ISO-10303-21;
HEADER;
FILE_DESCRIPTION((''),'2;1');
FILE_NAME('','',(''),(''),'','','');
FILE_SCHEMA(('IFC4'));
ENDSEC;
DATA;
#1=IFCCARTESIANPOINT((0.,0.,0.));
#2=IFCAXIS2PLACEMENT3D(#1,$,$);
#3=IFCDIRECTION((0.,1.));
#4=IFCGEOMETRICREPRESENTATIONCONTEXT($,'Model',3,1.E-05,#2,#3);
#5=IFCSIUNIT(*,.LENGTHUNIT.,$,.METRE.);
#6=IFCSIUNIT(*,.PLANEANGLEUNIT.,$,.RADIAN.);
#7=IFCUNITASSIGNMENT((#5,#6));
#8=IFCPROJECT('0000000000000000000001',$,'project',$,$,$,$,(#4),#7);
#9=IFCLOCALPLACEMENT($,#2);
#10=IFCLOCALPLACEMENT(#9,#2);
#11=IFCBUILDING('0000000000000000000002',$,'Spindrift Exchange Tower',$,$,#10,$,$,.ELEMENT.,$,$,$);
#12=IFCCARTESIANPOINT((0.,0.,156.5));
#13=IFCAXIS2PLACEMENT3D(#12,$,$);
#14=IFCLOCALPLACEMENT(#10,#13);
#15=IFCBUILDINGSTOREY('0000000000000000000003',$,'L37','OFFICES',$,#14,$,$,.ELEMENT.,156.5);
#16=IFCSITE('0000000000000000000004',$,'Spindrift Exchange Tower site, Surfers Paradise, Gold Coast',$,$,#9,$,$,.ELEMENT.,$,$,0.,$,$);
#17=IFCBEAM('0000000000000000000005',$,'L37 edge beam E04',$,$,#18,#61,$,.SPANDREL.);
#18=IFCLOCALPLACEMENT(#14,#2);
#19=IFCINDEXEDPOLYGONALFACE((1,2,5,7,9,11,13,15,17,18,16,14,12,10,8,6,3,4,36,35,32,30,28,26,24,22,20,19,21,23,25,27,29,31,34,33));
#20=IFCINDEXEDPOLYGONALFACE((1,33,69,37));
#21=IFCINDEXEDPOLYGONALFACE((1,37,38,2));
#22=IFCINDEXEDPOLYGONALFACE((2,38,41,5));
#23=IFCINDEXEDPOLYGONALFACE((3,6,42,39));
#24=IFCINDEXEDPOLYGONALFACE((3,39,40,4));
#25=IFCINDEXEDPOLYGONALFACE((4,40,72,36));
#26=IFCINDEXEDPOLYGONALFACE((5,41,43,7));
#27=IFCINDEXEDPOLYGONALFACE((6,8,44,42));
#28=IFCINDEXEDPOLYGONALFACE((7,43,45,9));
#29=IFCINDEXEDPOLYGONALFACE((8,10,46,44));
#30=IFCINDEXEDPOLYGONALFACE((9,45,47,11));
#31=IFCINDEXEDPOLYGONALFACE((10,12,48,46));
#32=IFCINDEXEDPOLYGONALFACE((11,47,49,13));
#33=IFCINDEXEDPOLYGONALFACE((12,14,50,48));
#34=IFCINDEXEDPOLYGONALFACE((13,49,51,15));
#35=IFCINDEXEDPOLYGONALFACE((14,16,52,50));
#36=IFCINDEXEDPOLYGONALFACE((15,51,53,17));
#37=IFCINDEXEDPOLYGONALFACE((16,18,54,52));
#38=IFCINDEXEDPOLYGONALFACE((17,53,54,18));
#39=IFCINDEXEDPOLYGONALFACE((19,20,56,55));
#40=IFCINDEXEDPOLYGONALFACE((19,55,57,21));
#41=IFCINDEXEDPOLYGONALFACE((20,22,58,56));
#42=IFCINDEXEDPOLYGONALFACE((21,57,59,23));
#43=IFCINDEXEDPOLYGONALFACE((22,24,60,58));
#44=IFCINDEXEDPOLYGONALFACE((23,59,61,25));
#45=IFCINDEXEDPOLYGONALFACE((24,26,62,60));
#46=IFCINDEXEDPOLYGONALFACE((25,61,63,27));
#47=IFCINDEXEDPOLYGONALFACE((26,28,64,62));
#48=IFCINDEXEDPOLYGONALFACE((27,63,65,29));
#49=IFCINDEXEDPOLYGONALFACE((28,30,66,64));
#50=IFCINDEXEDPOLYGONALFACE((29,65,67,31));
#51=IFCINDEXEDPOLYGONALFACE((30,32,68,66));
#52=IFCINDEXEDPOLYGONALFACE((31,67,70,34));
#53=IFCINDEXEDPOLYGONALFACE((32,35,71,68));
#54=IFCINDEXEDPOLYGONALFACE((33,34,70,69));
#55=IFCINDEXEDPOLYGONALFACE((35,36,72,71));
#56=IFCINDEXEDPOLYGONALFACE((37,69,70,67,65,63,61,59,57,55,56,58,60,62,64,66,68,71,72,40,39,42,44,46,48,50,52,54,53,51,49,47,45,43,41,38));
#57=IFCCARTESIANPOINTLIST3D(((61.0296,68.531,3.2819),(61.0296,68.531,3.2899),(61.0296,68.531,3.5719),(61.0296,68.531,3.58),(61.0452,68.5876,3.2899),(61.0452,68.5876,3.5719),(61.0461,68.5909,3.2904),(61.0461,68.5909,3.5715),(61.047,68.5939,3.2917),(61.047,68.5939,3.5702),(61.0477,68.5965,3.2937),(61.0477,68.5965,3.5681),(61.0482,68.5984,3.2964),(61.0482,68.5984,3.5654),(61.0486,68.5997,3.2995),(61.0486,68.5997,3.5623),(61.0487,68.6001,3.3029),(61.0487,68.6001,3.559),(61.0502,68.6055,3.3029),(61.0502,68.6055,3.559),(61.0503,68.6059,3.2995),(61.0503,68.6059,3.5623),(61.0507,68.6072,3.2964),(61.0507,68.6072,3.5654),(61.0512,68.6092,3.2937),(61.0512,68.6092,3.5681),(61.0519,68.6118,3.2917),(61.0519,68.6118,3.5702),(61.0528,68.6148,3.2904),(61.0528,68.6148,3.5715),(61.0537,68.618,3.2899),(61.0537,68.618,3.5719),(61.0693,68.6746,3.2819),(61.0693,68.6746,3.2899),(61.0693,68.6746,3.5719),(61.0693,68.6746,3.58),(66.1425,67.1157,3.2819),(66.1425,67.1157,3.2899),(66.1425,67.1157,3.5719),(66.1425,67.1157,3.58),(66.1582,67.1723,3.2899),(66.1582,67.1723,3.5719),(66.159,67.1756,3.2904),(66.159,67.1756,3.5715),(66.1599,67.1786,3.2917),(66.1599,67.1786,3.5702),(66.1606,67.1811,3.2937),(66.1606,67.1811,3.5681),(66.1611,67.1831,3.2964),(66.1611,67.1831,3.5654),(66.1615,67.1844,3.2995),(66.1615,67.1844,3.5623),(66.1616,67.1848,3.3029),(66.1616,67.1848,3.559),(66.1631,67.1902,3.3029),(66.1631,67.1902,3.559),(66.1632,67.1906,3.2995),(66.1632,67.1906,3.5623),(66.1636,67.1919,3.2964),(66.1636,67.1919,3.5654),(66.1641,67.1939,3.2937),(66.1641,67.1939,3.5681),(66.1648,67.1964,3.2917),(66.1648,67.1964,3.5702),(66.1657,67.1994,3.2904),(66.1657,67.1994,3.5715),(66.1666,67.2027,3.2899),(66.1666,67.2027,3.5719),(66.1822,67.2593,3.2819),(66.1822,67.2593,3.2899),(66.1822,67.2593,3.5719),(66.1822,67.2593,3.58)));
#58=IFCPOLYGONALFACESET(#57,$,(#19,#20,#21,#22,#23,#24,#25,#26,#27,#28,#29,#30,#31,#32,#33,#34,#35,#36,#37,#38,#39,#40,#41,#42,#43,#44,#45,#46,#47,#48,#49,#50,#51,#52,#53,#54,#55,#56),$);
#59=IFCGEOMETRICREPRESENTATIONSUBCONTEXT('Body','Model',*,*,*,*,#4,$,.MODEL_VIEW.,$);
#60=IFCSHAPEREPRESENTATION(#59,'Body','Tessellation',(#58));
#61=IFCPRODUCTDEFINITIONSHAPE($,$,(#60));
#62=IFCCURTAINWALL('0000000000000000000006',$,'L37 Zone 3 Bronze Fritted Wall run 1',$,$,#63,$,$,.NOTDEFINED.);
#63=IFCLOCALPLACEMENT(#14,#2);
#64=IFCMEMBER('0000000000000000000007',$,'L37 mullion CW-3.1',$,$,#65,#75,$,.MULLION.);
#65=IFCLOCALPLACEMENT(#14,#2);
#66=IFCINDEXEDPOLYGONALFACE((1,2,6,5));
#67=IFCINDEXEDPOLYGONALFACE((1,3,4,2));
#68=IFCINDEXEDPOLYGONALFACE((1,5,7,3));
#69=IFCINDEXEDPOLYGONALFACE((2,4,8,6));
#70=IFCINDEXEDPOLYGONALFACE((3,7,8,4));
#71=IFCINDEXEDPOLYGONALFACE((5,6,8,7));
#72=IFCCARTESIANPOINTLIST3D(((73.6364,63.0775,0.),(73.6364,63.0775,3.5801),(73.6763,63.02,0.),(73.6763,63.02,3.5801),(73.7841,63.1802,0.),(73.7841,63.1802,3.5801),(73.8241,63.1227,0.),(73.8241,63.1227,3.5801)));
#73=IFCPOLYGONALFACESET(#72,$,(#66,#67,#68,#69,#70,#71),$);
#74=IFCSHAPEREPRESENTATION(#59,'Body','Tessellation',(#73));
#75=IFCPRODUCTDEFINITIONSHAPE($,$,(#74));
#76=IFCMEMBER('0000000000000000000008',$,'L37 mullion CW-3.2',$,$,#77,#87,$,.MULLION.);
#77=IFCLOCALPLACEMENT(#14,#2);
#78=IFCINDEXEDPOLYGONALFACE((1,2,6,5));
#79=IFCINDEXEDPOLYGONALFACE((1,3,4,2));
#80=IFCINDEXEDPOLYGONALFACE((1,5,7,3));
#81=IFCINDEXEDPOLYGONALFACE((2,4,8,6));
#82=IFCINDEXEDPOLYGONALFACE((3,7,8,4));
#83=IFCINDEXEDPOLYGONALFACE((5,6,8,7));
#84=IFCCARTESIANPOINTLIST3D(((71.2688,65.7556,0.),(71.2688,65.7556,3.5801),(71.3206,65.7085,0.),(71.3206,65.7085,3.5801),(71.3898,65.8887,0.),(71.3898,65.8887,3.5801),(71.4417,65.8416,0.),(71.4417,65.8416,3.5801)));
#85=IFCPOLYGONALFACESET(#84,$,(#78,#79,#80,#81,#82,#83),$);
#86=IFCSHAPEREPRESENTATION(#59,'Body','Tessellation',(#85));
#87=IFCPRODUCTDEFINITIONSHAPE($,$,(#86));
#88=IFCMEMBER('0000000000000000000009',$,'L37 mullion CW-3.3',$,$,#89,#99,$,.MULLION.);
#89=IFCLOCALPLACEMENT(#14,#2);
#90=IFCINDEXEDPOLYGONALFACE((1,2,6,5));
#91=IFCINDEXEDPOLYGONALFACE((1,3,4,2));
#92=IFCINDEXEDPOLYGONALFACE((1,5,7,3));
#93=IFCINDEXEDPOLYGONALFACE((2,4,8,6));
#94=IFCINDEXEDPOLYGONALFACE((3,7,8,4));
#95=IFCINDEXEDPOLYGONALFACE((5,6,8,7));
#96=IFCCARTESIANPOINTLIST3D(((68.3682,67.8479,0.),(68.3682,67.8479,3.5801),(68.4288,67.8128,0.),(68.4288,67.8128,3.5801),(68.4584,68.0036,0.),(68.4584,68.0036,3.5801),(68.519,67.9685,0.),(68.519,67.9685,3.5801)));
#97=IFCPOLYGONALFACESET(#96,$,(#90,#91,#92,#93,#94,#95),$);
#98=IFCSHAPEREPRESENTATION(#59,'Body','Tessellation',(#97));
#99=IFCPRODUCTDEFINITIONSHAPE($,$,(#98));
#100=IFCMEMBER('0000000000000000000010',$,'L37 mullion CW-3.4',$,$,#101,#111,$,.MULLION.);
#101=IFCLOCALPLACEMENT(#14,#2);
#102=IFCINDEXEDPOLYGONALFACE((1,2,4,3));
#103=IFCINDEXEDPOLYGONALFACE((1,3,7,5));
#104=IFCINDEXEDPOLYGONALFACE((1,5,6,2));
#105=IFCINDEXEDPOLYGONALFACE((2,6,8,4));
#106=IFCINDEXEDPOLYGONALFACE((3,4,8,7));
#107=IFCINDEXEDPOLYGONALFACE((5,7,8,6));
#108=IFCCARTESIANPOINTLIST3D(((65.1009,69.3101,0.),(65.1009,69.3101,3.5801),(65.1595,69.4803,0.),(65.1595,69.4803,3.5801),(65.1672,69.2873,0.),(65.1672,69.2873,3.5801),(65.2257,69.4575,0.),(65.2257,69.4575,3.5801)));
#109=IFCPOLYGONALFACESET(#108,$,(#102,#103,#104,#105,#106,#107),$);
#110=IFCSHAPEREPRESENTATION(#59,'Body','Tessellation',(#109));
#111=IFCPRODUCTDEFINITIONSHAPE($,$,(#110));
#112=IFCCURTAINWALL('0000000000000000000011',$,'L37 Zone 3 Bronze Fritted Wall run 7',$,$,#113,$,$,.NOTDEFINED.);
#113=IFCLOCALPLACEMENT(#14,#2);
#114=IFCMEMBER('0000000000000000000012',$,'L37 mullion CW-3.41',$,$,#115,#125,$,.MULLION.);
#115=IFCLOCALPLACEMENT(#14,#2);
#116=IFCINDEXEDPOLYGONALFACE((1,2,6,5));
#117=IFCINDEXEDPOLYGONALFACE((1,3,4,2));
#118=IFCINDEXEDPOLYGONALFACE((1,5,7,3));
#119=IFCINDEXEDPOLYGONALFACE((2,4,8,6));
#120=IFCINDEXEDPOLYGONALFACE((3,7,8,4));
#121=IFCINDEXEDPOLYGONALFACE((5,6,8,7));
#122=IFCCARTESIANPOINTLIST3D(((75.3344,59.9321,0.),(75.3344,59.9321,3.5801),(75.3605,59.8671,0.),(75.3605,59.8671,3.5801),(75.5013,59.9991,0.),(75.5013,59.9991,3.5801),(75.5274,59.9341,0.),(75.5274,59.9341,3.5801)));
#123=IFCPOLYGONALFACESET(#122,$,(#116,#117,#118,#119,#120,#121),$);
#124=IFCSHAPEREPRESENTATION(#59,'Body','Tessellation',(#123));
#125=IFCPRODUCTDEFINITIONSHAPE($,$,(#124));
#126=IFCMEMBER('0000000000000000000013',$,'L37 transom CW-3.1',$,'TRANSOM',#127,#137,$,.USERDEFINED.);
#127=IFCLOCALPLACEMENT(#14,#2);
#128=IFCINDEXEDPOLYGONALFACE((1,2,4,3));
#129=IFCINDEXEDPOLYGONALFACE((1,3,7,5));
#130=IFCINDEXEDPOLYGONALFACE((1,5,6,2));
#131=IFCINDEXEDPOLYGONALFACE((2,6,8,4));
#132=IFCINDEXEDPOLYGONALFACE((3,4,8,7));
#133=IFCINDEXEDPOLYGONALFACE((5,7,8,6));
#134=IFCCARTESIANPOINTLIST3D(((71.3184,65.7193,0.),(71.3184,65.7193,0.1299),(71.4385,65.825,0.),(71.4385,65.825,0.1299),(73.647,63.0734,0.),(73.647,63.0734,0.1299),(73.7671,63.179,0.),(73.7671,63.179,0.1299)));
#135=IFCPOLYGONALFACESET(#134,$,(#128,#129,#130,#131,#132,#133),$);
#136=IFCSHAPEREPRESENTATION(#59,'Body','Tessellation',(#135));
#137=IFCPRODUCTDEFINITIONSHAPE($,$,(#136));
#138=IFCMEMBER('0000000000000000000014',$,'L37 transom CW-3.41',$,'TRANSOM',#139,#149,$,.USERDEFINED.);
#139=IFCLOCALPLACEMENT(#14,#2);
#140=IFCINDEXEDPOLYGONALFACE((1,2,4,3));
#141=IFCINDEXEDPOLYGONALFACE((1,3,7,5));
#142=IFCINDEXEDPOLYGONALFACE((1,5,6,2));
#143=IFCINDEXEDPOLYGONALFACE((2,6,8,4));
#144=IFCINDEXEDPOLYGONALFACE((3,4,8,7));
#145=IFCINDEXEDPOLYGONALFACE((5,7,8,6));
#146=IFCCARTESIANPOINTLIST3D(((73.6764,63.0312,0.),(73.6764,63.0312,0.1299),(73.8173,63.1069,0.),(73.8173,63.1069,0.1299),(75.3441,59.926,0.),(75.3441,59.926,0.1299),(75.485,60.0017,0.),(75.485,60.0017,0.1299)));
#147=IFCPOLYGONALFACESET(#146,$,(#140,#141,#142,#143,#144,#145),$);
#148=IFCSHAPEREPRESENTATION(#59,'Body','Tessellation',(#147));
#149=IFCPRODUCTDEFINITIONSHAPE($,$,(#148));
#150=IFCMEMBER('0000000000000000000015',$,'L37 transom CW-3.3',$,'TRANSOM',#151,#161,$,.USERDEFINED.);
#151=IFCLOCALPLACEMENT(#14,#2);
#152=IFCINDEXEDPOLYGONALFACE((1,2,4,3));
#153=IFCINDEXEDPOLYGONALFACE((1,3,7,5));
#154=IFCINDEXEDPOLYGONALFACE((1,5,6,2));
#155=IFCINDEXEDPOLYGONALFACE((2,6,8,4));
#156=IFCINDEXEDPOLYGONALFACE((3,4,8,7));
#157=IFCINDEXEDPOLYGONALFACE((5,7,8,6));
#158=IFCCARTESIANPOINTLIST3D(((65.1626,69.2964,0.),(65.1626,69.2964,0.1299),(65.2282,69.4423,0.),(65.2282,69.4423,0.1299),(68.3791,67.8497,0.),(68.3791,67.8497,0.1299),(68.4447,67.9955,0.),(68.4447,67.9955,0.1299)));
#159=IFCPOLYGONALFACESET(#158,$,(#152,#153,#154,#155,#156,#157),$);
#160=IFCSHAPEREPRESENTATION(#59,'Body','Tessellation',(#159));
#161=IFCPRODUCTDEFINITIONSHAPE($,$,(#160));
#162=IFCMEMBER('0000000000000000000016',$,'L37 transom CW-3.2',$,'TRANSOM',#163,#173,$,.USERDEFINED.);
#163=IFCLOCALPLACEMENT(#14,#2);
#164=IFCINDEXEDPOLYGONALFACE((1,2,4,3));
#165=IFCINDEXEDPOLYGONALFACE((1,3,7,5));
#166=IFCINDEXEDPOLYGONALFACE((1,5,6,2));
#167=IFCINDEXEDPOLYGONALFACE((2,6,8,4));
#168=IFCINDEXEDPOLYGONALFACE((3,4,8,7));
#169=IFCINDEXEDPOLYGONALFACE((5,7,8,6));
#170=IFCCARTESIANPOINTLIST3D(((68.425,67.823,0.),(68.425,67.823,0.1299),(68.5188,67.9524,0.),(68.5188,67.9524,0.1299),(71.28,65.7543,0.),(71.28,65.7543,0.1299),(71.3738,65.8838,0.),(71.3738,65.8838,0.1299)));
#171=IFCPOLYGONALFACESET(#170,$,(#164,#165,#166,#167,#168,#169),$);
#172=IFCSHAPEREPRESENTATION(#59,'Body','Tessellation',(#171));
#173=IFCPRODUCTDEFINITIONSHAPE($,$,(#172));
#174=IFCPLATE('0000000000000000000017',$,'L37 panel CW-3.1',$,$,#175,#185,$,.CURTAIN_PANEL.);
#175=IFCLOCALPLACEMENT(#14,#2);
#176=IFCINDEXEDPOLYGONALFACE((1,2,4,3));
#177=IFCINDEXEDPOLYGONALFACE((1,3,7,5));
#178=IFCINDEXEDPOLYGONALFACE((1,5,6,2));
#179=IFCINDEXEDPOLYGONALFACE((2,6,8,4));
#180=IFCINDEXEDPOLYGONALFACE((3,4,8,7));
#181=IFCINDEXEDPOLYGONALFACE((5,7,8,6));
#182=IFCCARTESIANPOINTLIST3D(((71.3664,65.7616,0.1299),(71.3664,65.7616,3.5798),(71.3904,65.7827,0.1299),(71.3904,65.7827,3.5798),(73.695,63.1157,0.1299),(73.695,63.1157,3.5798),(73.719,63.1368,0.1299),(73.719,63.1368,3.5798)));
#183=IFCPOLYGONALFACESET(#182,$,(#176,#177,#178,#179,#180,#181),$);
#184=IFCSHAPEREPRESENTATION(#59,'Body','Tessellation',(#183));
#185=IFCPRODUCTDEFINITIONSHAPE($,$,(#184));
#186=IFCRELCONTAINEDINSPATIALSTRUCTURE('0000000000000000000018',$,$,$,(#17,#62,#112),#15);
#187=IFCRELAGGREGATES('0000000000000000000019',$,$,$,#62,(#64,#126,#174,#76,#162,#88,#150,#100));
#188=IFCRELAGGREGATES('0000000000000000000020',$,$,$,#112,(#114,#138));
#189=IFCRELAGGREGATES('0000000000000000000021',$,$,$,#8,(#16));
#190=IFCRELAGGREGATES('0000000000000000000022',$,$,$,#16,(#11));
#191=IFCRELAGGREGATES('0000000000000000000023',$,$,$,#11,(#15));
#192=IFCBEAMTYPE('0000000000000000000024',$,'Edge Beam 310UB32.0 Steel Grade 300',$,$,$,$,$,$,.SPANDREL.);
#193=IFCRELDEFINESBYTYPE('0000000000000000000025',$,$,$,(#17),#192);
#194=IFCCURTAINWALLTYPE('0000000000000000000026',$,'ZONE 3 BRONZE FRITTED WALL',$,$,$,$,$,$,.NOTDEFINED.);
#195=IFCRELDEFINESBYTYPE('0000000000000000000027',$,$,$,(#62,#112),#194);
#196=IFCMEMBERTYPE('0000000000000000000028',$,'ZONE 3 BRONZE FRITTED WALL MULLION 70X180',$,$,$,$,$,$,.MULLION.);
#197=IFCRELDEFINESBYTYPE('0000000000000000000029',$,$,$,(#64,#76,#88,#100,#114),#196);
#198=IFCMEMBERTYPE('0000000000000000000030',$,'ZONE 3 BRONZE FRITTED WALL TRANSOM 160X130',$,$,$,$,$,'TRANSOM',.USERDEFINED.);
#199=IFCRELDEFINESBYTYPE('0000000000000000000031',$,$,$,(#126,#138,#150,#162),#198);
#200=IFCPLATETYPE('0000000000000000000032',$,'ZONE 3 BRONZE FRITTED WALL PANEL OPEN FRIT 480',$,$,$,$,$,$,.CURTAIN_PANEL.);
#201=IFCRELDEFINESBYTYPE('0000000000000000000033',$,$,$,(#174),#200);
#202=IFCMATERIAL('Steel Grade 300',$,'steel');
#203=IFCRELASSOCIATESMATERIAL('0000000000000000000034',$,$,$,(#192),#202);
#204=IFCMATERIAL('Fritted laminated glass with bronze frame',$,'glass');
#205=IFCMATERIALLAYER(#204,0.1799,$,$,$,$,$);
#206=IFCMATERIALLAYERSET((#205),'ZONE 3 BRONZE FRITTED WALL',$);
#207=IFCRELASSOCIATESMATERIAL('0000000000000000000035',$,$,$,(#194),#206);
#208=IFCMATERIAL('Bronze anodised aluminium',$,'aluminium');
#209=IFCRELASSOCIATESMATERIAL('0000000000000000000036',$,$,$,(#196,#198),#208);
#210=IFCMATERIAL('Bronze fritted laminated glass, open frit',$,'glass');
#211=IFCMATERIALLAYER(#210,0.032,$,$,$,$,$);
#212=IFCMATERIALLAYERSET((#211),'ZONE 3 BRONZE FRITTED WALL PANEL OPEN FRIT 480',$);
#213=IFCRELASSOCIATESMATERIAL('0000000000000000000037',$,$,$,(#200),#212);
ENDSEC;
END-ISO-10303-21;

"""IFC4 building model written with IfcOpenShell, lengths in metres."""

from ifc_helpers import new_model, si_unit, direction, frame, origin, origin_2d, place, context, subcontext, project, spatial, rectangle, i_section, extrude, source, transform, mapped, material, layer, layer_set, material_profile, profile_set, type_object, element, aggregate, save


model = new_model("IFC4")

# Units and contexts
model_context = context("Model", 3, precision=1e-05, world=origin(), true_north=direction((0.0, 1.0)))
body_context = subcontext(model_context, "Body", "Model", "MODEL_VIEW")
ifc_project = project(units=[si_unit("LENGTHUNIT", "METRE"), si_unit("PLANEANGLEUNIT", "RADIAN")], contexts=[model_context])

# Site, building, storey
site_placement = place(None, origin())
site = spatial("IfcSite", under=ifc_project, at=site_placement, Name="Spindrift Exchange Tower site, Surfers Paradise, Gold Coast", CompositionType="ELEMENT", RefElevation=0.0)
building_placement = place(site_placement, origin())
building = spatial("IfcBuilding", under=site, at=building_placement, Name="Spindrift Exchange Tower", CompositionType="ELEMENT")
storey_placement = place(building_placement, frame((0.0, 0.0, 156.5)))
storey = spatial("IfcBuildingStorey", under=building, at=storey_placement, Name="L37", Description="OFFICES", CompositionType="ELEMENT", Elevation=156.5)

# Beam
ifc_material_1 = material(Name="Steel Grade 300", Category="steel")
ifc_material_profile_1 = material_profile(ifc_material_1, i_section(OverallWidth=0.1489, OverallDepth=0.2981, WebThickness=0.0056, FlangeThickness=0.0081, FilletRadius=0.0129, at=origin_2d()), Name="310UB32.0")
ifc_profile_set_1 = profile_set([ifc_material_profile_1], Name="Steel Grade 300")
beam_type_1 = type_object("IfcBeamType", Name="Edge Beam 310UB32.0 Steel Grade 300", PredefinedType="SPANDREL", material=ifc_profile_set_1)
shared_shape_1 = source(origin(), body_context, "Body", "SweptSolid", [
    extrude(i_section(OverallWidth=0.1489, OverallDepth=0.2981, WebThickness=0.0056, FlangeThickness=0.0081, FilletRadius=0.0129, at=origin_2d()), origin(), (0.0, 0.0, 1.0), 5.3052),
])
beam_1_placement = place(storey_placement, frame((66.1624, 67.1875, 3.4309), z_axis=(-0.963758, 0.26678, 0.0), x_axis=(-0.26678, -0.963758, 0.0)))
element("IfcBeam", 1, at=beam_1_placement, inside=storey, type_object=beam_type_1, Name="L37 edge beam E04", PredefinedType="SPANDREL", context=body_context, shape_type="MappedRepresentation", body=[
    mapped(shared_shape_1, transform((0.0, 0.0, 0.0), scale=1.0)),
])

# Curtain wall, members
ifc_material_2 = material(Name="Fritted laminated glass with bronze frame", Category="glass")
ifc_layer_1 = layer(ifc_material_2, 0.1799)
ifc_layer_set_1 = layer_set([ifc_layer_1], Name="ZONE 3 BRONZE FRITTED WALL")
curtain_wall_type = type_object("IfcCurtainWallType", Name="ZONE 3 BRONZE FRITTED WALL", PredefinedType="NOTDEFINED", material=ifc_layer_set_1)
curtain_wall_1_placement = place(storey_placement, origin())
curtain_wall_1 = element("IfcCurtainWall", 2, at=curtain_wall_1_placement, inside=storey, type_object=curtain_wall_type, Name="L37 Zone 3 Bronze Fritted Wall run 1", PredefinedType="NOTDEFINED")
ifc_material_3 = material(Name="Bronze anodised aluminium", Category="aluminium")
ifc_material_profile_2 = material_profile(ifc_material_3, rectangle(XDim=0.0701, YDim=0.1799, at=origin_2d()), Name="ZONE 3 BRONZE FRITTED WALL MULLION 70X180")
ifc_profile_set_2 = profile_set([ifc_material_profile_2], Name="Bronze anodised aluminium")
member_type_1 = type_object("IfcMemberType", Name="ZONE 3 BRONZE FRITTED WALL MULLION 70X180", PredefinedType="MULLION", material=ifc_profile_set_2)
shared_shape_2 = source(origin(), body_context, "Body", "SweptSolid", [
    extrude(rectangle(XDim=0.0701, YDim=0.1799, at=origin_2d()), origin(), (0.0, 0.0, 1.0), 3.5801),
])
member_1_placement = place(storey_placement, frame((73.7302, 63.1001, 0.0), z_axis=(0.0, 0.0, 1.0), x_axis=(-0.570627, 0.821209, 0.0)))
member_1 = element("IfcMember", 3, at=member_1_placement, type_object=member_type_1, Name="L37 mullion CW-3.1", PredefinedType="MULLION", context=body_context, shape_type="MappedRepresentation", body=[
    mapped(shared_shape_2, transform((0.0, 0.0, 0.0), scale=1.0)),
])
member_2_placement = place(storey_placement, frame((71.3552, 65.7986, 0.0), z_axis=(0.0, 0.0, 1.0), x_axis=(-0.739764, 0.672867, 0.0)))
member_2 = element("IfcMember", 4, at=member_2_placement, type_object=member_type_1, Name="L37 mullion CW-3.2", PredefinedType="MULLION", context=body_context, shape_type="MappedRepresentation", body=[
    mapped(shared_shape_2, transform((0.0, 0.0, 0.0), scale=1.0)),
])
member_3_placement = place(storey_placement, frame((68.4436, 67.9082, 0.0), z_axis=(0.0, 0.0, 1.0), x_axis=(-0.865395, 0.501089, 0.0)))
member_3 = element("IfcMember", 5, at=member_3_placement, type_object=member_type_1, Name="L37 mullion CW-3.3", PredefinedType="MULLION", context=body_context, shape_type="MappedRepresentation", body=[
    mapped(shared_shape_2, transform((0.0, 0.0, 0.0), scale=1.0)),
])
member_4_placement = place(storey_placement, frame((65.1633, 69.3838, 0.0), z_axis=(0.0, 0.0, 1.0), x_axis=(-0.945555, 0.325464, 0.0)))
member_4 = element("IfcMember", 6, at=member_4_placement, type_object=member_type_1, Name="L37 mullion CW-3.4", PredefinedType="MULLION", context=body_context, shape_type="MappedRepresentation", body=[
    mapped(shared_shape_2, transform((0.0, 0.0, 0.0), scale=1.0)),
])

# Curtain wall, member
curtain_wall_2_placement = place(storey_placement, origin())
curtain_wall_2 = element("IfcCurtainWall", 7, at=curtain_wall_2_placement, inside=storey, type_object=curtain_wall_type, Name="L37 Zone 3 Bronze Fritted Wall run 7", PredefinedType="NOTDEFINED")
member_5_placement = place(storey_placement, frame((75.4309, 59.9331, 0.0), z_axis=(0.0, 0.0, 1.0), x_axis=(-0.372632, 0.927979, 0.0)))
member_5 = element("IfcMember", 8, at=member_5_placement, type_object=member_type_1, Name="L37 mullion CW-3.41", PredefinedType="MULLION", context=body_context, shape_type="MappedRepresentation", body=[
    mapped(shared_shape_2, transform((0.0, 0.0, 0.0), scale=1.0)),
])

# Members
ifc_material_profile_3 = material_profile(ifc_material_3, rectangle(XDim=0.1599, YDim=0.1299, at=origin_2d()), Name="ZONE 3 BRONZE FRITTED WALL TRANSOM 160X130")
ifc_profile_set_3 = profile_set([ifc_material_profile_3], Name="Bronze anodised aluminium")
member_type_2 = type_object("IfcMemberType", Name="ZONE 3 BRONZE FRITTED WALL TRANSOM 160X130", ElementType="TRANSOM", PredefinedType="USERDEFINED", material=ifc_profile_set_3)
shared_shape_3 = source(origin(), body_context, "Body", "SweptSolid", [
    extrude(rectangle(XDim=0.1599, YDim=0.1299, at=origin_2d()), origin(), (0.0, 0.0, 1.0), 3.5247),
])
member_6_placement = place(storey_placement, frame((73.707, 63.1262, 0.0649), z_axis=(-0.66065, 0.750694, 0.0), x_axis=(-0.750694, -0.66065, 0.0)))
member_6 = element("IfcMember", 9, at=member_6_placement, type_object=member_type_2, Name="L37 transom CW-3.1", ObjectType="TRANSOM", PredefinedType="USERDEFINED", context=body_context, shape_type="MappedRepresentation", body=[
    mapped(shared_shape_3, transform((0.0, 0.0, 0.0), scale=1.0)),
])
member_7_placement = place(storey_placement, frame((75.4146, 59.9639, 0.0649), z_axis=(-0.47315, 0.880982, 0.0), x_axis=(-0.880982, -0.47315, 0.0)))
member_7 = element("IfcMember", 10, at=member_7_placement, type_object=member_type_2, Name="L37 transom CW-3.41", ObjectType="TRANSOM", PredefinedType="USERDEFINED", context=body_context, shape_type="MappedRepresentation", body=[
    mapped(shared_shape_3, transform((0.0, 0.0, 0.0), scale=1.0)),
])
shared_shape_4 = source(origin(), body_context, "Body", "SweptSolid", [
    extrude(rectangle(XDim=0.1599, YDim=0.1299, at=origin_2d()), origin(), (0.0, 0.0, 1.0), 3.5269),
])
member_8_placement = place(storey_placement, frame((68.4119, 67.9226, 0.0649), z_axis=(-0.911993, 0.410206, 0.0), x_axis=(-0.410206, -0.911993, 0.0)))
member_8 = element("IfcMember", 11, at=member_8_placement, type_object=member_type_2, Name="L37 transom CW-3.3", ObjectType="TRANSOM", PredefinedType="USERDEFINED", context=body_context, shape_type="MappedRepresentation", body=[
    mapped(shared_shape_4, transform((0.0, 0.0, 0.0), scale=1.0)),
])
shared_shape_5 = source(origin(), body_context, "Body", "SweptSolid", [
    extrude(rectangle(XDim=0.1599, YDim=0.1299, at=origin_2d()), origin(), (0.0, 0.0, 1.0), 3.5256),
])
member_9_placement = place(storey_placement, frame((71.3269, 65.8191, 0.0649), z_axis=(-0.80978, 0.586734, 0.0), x_axis=(-0.586734, -0.80978, 0.0)))
member_9 = element("IfcMember", 12, at=member_9_placement, type_object=member_type_2, Name="L37 transom CW-3.2", ObjectType="TRANSOM", PredefinedType="USERDEFINED", context=body_context, shape_type="MappedRepresentation", body=[
    mapped(shared_shape_5, transform((0.0, 0.0, 0.0), scale=1.0)),
])

# Plate
ifc_material_4 = material(Name="Bronze fritted laminated glass, open frit", Category="glass")
ifc_layer_2 = layer(ifc_material_4, 0.032)
ifc_layer_set_2 = layer_set([ifc_layer_2], Name="ZONE 3 BRONZE FRITTED WALL PANEL OPEN FRIT 480")
plate_type_1 = type_object("IfcPlateType", Name="ZONE 3 BRONZE FRITTED WALL PANEL OPEN FRIT 480", PredefinedType="CURTAIN_PANEL", material=ifc_layer_set_2)
shared_shape_6 = source(origin(), body_context, "Body", "SweptSolid", [
    extrude(rectangle(XDim=3.5247, YDim=0.032, at=origin_2d()), origin(), (0.0, 0.0, 1.0), 3.45),
])
plate_1_placement = place(storey_placement, frame((72.5427, 64.4492, 0.1299), z_axis=(0.0, 0.0, 1.0), x_axis=(-0.660662, 0.750683, 0.0)))
plate_1 = element("IfcPlate", 13, at=plate_1_placement, type_object=plate_type_1, Name="L37 panel CW-3.1", PredefinedType="CURTAIN_PANEL", context=body_context, shape_type="MappedRepresentation", body=[
    mapped(shared_shape_6, transform((0.0, 0.0, 0.0), scale=1.0)),
])
aggregate(curtain_wall_1, [member_1, member_6, plate_1, member_2, member_9, member_3, member_8, member_4])
aggregate(curtain_wall_2, [member_5, member_7])

save(model, "model.ifc")
